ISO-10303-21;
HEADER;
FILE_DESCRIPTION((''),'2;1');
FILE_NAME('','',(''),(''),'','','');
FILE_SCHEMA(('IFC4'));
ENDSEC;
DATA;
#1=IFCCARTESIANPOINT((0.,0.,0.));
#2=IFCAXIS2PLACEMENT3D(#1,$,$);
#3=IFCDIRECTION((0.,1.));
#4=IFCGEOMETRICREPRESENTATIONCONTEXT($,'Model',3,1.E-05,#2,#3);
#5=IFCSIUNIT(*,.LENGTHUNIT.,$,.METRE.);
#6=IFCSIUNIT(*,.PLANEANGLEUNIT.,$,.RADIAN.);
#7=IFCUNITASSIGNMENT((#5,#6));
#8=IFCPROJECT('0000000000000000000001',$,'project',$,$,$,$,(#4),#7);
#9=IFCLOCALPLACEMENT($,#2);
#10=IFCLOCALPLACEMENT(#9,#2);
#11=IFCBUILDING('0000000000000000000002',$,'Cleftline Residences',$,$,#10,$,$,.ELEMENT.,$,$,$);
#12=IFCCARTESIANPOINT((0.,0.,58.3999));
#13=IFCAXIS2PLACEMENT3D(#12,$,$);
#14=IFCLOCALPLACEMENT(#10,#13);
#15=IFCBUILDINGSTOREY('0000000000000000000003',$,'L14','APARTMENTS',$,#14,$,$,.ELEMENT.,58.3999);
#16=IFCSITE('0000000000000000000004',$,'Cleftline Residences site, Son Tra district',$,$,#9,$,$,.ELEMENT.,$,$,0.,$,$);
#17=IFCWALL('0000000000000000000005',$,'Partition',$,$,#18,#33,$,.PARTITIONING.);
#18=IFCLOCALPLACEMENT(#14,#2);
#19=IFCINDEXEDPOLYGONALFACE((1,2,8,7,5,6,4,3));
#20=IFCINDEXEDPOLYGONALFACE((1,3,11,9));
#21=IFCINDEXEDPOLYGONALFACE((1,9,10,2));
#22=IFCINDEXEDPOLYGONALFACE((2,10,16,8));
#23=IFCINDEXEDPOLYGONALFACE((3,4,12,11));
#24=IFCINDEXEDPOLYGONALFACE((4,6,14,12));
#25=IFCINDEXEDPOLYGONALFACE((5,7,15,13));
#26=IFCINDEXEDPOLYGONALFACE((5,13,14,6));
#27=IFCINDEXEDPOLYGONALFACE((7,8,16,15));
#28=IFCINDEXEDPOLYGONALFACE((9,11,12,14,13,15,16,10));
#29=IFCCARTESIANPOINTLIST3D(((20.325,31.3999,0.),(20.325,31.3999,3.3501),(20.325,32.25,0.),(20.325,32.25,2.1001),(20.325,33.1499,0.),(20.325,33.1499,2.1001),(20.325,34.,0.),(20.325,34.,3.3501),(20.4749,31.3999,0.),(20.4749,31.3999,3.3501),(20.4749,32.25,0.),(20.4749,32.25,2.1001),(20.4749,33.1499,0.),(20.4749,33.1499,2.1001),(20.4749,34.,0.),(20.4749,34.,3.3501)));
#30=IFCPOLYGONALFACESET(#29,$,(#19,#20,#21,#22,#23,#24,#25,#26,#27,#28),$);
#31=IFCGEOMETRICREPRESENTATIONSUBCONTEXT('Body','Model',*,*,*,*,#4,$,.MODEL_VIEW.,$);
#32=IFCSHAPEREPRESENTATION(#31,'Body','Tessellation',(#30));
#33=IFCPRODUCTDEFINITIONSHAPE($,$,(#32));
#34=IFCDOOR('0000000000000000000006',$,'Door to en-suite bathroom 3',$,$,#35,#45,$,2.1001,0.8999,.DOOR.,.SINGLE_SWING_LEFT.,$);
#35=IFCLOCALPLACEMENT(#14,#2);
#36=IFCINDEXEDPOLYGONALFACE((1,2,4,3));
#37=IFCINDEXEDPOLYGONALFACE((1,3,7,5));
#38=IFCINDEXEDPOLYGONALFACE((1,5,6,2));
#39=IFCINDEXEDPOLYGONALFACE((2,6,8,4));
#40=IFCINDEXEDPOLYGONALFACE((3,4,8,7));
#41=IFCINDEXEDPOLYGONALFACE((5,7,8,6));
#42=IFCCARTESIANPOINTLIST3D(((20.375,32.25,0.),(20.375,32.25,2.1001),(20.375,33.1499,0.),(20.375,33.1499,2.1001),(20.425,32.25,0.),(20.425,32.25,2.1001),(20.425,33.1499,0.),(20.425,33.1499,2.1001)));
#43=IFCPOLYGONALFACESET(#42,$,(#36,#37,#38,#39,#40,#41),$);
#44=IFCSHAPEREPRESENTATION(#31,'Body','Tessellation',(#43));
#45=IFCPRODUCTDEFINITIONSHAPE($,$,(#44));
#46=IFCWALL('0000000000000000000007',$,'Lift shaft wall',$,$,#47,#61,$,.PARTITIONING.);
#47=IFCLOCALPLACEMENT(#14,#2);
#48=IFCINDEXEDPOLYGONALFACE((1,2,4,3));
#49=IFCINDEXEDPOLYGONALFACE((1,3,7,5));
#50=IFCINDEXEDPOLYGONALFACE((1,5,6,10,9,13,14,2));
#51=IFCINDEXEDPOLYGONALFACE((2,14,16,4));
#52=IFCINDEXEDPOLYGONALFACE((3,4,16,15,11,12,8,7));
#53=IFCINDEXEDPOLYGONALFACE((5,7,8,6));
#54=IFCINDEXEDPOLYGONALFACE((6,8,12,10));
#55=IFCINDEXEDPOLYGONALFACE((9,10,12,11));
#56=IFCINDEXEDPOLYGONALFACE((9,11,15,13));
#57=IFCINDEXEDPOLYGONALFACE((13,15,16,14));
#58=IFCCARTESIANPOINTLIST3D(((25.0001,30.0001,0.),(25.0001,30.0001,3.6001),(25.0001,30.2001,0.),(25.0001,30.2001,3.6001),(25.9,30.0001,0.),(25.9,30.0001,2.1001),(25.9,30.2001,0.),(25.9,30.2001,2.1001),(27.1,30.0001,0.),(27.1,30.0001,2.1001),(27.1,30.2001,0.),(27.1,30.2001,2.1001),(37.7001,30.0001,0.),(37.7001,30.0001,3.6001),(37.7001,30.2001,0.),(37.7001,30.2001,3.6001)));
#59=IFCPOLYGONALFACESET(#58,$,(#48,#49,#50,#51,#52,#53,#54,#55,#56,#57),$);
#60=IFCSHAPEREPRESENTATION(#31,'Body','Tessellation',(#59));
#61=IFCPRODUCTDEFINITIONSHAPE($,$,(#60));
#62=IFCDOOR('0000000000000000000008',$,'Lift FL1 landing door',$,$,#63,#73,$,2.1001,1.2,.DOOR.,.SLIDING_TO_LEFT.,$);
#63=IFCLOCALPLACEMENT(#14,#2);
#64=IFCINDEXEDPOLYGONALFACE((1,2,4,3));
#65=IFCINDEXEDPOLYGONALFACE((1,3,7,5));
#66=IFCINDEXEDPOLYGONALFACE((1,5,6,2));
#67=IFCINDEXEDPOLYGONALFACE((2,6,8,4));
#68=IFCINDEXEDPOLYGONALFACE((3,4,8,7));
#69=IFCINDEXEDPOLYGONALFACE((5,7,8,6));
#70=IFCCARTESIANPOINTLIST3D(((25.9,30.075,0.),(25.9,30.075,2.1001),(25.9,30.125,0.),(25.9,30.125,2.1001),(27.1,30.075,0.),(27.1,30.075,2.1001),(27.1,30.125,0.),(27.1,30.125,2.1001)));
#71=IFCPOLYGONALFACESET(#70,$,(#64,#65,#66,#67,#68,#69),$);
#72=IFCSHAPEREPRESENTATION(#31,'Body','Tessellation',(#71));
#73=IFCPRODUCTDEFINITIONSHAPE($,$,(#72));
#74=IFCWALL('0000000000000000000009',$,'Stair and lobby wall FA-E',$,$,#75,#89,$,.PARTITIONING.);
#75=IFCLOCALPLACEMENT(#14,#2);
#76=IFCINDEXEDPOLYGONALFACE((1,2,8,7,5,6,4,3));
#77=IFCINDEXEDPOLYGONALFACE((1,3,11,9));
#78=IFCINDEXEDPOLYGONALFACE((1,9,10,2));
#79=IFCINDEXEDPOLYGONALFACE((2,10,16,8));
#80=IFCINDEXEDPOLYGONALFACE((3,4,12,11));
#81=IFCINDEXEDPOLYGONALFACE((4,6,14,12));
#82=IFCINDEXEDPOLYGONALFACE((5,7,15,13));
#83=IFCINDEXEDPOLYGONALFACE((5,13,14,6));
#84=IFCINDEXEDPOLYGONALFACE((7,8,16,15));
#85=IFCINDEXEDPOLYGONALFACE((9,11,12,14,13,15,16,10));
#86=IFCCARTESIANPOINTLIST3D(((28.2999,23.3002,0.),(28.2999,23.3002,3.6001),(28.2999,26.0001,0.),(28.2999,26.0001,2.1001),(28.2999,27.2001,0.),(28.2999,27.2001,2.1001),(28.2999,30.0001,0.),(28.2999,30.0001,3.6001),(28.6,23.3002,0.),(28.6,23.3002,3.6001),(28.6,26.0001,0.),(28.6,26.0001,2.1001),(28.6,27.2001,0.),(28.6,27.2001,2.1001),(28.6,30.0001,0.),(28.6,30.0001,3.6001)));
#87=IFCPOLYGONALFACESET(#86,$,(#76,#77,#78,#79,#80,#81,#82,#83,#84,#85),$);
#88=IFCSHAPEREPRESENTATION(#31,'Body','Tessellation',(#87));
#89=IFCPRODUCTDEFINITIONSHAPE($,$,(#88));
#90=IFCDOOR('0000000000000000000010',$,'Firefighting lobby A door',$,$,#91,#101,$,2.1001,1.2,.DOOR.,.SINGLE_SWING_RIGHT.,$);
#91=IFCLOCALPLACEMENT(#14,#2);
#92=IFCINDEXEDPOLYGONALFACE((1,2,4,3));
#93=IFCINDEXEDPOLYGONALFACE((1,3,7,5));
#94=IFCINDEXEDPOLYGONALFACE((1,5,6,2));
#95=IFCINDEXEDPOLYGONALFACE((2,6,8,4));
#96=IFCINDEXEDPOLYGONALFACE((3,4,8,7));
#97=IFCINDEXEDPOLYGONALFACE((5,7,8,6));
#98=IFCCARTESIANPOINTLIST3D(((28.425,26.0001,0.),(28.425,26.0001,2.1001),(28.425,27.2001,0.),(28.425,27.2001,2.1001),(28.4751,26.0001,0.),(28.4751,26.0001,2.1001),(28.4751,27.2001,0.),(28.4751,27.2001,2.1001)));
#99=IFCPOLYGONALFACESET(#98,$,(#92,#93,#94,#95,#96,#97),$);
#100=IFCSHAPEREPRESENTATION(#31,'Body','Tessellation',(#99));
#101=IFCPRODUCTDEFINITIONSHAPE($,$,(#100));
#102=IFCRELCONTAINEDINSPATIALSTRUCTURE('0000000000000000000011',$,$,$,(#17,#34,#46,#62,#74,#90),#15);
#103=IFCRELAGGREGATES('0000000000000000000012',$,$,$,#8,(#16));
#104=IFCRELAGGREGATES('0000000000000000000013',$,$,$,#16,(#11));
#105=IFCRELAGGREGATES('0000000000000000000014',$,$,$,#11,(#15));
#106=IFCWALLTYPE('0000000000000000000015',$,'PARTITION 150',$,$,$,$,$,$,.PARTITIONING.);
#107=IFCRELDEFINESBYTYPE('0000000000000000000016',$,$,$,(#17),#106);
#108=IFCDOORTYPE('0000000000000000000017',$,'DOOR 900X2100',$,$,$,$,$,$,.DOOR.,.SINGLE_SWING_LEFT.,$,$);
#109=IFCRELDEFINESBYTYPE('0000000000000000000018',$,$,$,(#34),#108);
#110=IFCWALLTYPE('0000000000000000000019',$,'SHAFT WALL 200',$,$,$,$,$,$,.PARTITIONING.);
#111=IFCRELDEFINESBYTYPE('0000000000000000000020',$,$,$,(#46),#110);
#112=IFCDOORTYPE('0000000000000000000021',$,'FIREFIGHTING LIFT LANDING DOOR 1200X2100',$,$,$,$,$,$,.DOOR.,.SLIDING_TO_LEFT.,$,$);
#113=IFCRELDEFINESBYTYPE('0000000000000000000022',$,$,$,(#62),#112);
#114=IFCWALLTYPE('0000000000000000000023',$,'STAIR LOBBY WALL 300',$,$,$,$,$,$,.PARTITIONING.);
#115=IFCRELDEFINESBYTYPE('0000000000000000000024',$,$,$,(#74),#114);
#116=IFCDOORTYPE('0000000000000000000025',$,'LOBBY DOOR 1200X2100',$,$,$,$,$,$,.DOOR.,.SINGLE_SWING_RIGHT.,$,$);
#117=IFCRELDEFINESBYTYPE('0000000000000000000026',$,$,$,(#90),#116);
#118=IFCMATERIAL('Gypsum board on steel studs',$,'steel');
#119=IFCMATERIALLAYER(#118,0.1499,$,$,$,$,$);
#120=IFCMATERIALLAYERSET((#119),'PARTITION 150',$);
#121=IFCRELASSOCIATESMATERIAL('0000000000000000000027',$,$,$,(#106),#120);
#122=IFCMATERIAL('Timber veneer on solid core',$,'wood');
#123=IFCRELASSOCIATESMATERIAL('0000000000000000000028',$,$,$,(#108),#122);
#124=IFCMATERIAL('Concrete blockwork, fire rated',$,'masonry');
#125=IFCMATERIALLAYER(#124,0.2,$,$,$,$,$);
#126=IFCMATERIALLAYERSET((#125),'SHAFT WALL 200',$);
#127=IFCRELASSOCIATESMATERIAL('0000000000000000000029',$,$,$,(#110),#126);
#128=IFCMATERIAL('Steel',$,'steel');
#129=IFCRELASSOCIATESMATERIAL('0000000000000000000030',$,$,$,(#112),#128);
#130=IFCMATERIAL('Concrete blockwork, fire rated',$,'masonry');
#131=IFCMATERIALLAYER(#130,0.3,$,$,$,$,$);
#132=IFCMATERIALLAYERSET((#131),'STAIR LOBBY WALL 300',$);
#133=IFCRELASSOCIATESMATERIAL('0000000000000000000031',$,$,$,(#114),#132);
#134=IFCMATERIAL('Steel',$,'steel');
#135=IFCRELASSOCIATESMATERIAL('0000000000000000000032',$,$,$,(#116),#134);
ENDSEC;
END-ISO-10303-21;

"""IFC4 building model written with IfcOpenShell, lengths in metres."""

from ifc_helpers import new_model, si_unit, direction, frame, frame_2d, origin, place, context, subcontext, project, spatial, rectangle, extrude, material, layer, layer_set, type_object, element, fill, save


model = new_model("IFC4")

# Units and contexts
model_context = context("Model", 3, precision=1e-05, world=origin(), true_north=direction((0.0, 1.0)))
body_context = subcontext(model_context, "Body", "Model", "MODEL_VIEW")
ifc_project = project(units=[si_unit("LENGTHUNIT", "METRE"), si_unit("PLANEANGLEUNIT", "RADIAN")], contexts=[model_context])

# Site, building, storey
site_placement = place(None, origin())
site = spatial("IfcSite", under=ifc_project, at=site_placement, Name="Cleftline Residences site, Son Tra district", CompositionType="ELEMENT", RefElevation=0.0)
building_placement = place(site_placement, origin())
building = spatial("IfcBuilding", under=site, at=building_placement, Name="Cleftline Residences", CompositionType="ELEMENT")
storey_placement = place(building_placement, frame((0.0, 0.0, 58.3999)))
storey = spatial("IfcBuildingStorey", under=building, at=storey_placement, Name="L14", Description="APARTMENTS", CompositionType="ELEMENT", Elevation=58.3999)

# Shared definitions
ifc_material_1 = material(Name="Gypsum board on steel studs", Category="steel")
ifc_layer_1 = layer(ifc_material_1, 0.1499)
ifc_layer_set_1 = layer_set([ifc_layer_1], Name="PARTITION 150")
wall_type_1 = type_object("IfcWallType", Name="PARTITION 150", PredefinedType="PARTITIONING", material=ifc_layer_set_1)

# Walls, openings, doors
wall_1_placement = place(storey_placement, frame((20.3999, 31.3999, 0.0), z_axis=(0.0, 0.0, 1.0), x_axis=(0.0, 1.0, 0.0)))
wall_1 = element("IfcWall", 1, at=wall_1_placement, inside=storey, type_object=wall_type_1, Name="Partition", PredefinedType="PARTITIONING", context=body_context, shape_type="SweptSolid", body=[
    extrude(rectangle(XDim=2.6001, YDim=0.1499, at=frame_2d((1.3, 0.0))), origin(), (0.0, 0.0, 1.0), 3.3501),
])
opening_1_placement = place(wall_1_placement, frame((0.8501, 0.0, 0.0)))
opening_1 = element("IfcOpeningElement", 2, at=opening_1_placement, cuts=wall_1, PredefinedType="OPENING", context=body_context, shape_type="SweptSolid", body=[
    extrude(rectangle(XDim=0.8999, YDim=2.1001, at=frame_2d((0.45, 1.05))), frame((0.0, 0.085, 0.0), z_axis=(0.0, -1.0, 0.0), x_axis=(1.0, 0.0, 0.0)), (0.0, 0.0, 1.0), 0.1699),
])
ifc_material_2 = material(Name="Timber veneer on solid core", Category="wood")
door_type_1 = type_object("IfcDoorType", Name="DOOR 900X2100", OperationType="SINGLE_SWING_LEFT", PredefinedType="DOOR", material=ifc_material_2)
door_1_placement = place(opening_1_placement, origin())
door_1 = element("IfcDoor", 3, at=door_1_placement, inside=storey, type_object=door_type_1, Name="Door to en-suite bathroom 3", OperationType="SINGLE_SWING_LEFT", OverallHeight=2.1001, OverallWidth=0.8999, PredefinedType="DOOR", context=body_context, shape_type="SweptSolid", body=[
    extrude(rectangle(XDim=0.8999, YDim=2.1001, at=frame_2d((0.45, 1.05))), frame((0.0, 0.0249, 0.0), z_axis=(0.0, -1.0, 0.0), x_axis=(1.0, 0.0, 0.0)), (0.0, 0.0, 1.0), 0.05),
])
fill(opening_1, door_1)
ifc_material_3 = material(Name="Concrete blockwork, fire rated", Category="masonry")
ifc_layer_2 = layer(ifc_material_3, 0.2)
ifc_layer_set_2 = layer_set([ifc_layer_2], Name="SHAFT WALL 200")
wall_type_2 = type_object("IfcWallType", Name="SHAFT WALL 200", PredefinedType="PARTITIONING", material=ifc_layer_set_2)
wall_2_placement = place(storey_placement, frame((25.0, 30.1001, 0.0), z_axis=(0.0, 0.0, 1.0), x_axis=(1.0, 0.0, 0.0)))
wall_2 = element("IfcWall", 4, at=wall_2_placement, inside=storey, type_object=wall_type_2, Name="Lift shaft wall", PredefinedType="PARTITIONING", context=body_context, shape_type="SweptSolid", body=[
    extrude(rectangle(XDim=12.7, YDim=0.2, at=frame_2d((6.3501, 0.0))), origin(), (0.0, 0.0, 1.0), 3.6001),
])
opening_2_placement = place(wall_2_placement, frame((0.8999, 0.0, 0.0)))
opening_2 = element("IfcOpeningElement", 5, at=opening_2_placement, cuts=wall_2, PredefinedType="OPENING", context=body_context, shape_type="SweptSolid", body=[
    extrude(rectangle(XDim=1.2, YDim=2.1001, at=frame_2d((0.6001, 1.05))), frame((0.0, 0.1099, 0.0), z_axis=(0.0, -1.0, 0.0), x_axis=(1.0, 0.0, 0.0)), (0.0, 0.0, 1.0), 0.22),
])
ifc_material_4 = material(Name="Steel", Category="steel")
door_type_2 = type_object("IfcDoorType", Name="FIREFIGHTING LIFT LANDING DOOR 1200X2100", OperationType="SLIDING_TO_LEFT", PredefinedType="DOOR", material=ifc_material_4)
door_2_placement = place(opening_2_placement, origin())
door_2 = element("IfcDoor", 6, at=door_2_placement, inside=storey, type_object=door_type_2, Name="Lift FL1 landing door", OperationType="SLIDING_TO_LEFT", OverallHeight=2.1001, OverallWidth=1.2, PredefinedType="DOOR", context=body_context, shape_type="SweptSolid", body=[
    extrude(rectangle(XDim=1.2, YDim=2.1001, at=frame_2d((0.6001, 1.05))), frame((0.0, 0.0249, 0.0), z_axis=(0.0, -1.0, 0.0), x_axis=(1.0, 0.0, 0.0)), (0.0, 0.0, 1.0), 0.05),
])
fill(opening_2, door_2)
ifc_material_5 = material(Name="Concrete blockwork, fire rated", Category="masonry")
ifc_layer_3 = layer(ifc_material_5, 0.3)
ifc_layer_set_3 = layer_set([ifc_layer_3], Name="STAIR LOBBY WALL 300")
wall_type_3 = type_object("IfcWallType", Name="STAIR LOBBY WALL 300", PredefinedType="PARTITIONING", material=ifc_layer_set_3)
wall_3_placement = place(storey_placement, frame((28.45, 23.3, 0.0), z_axis=(0.0, 0.0, 1.0), x_axis=(0.0, 1.0, 0.0)))
wall_3 = element("IfcWall", 7, at=wall_3_placement, inside=storey, type_object=wall_type_3, Name="Stair and lobby wall FA-E", PredefinedType="PARTITIONING", context=body_context, shape_type="SweptSolid", body=[
    extrude(rectangle(XDim=6.7, YDim=0.3, at=frame_2d((3.3501, 0.0))), origin(), (0.0, 0.0, 1.0), 3.6001),
])
opening_3_placement = place(wall_3_placement, frame((2.7, 0.0, 0.0)))
opening_3 = element("IfcOpeningElement", 8, at=opening_3_placement, cuts=wall_3, PredefinedType="OPENING", context=body_context, shape_type="SweptSolid", body=[
    extrude(rectangle(XDim=1.2, YDim=2.1001, at=frame_2d((0.6001, 1.05))), frame((0.0, 0.1599, 0.0), z_axis=(0.0, -1.0, 0.0), x_axis=(1.0, 0.0, 0.0)), (0.0, 0.0, 1.0), 0.3201),
])
ifc_material_6 = material(Name="Steel", Category="steel")
door_type_3 = type_object("IfcDoorType", Name="LOBBY DOOR 1200X2100", OperationType="SINGLE_SWING_RIGHT", PredefinedType="DOOR", material=ifc_material_6)
door_3_placement = place(opening_3_placement, origin())
door_3 = element("IfcDoor", 9, at=door_3_placement, inside=storey, type_object=door_type_3, Name="Firefighting lobby A door", OperationType="SINGLE_SWING_RIGHT", OverallHeight=2.1001, OverallWidth=1.2, PredefinedType="DOOR", context=body_context, shape_type="SweptSolid", body=[
    extrude(rectangle(XDim=1.2, YDim=2.1001, at=frame_2d((0.6001, 1.05))), frame((0.0, 0.0249, 0.0), z_axis=(0.0, -1.0, 0.0), x_axis=(1.0, 0.0, 0.0)), (0.0, 0.0, 1.0), 0.05),
])
fill(opening_3, door_3)

save(model, "model.ifc")
